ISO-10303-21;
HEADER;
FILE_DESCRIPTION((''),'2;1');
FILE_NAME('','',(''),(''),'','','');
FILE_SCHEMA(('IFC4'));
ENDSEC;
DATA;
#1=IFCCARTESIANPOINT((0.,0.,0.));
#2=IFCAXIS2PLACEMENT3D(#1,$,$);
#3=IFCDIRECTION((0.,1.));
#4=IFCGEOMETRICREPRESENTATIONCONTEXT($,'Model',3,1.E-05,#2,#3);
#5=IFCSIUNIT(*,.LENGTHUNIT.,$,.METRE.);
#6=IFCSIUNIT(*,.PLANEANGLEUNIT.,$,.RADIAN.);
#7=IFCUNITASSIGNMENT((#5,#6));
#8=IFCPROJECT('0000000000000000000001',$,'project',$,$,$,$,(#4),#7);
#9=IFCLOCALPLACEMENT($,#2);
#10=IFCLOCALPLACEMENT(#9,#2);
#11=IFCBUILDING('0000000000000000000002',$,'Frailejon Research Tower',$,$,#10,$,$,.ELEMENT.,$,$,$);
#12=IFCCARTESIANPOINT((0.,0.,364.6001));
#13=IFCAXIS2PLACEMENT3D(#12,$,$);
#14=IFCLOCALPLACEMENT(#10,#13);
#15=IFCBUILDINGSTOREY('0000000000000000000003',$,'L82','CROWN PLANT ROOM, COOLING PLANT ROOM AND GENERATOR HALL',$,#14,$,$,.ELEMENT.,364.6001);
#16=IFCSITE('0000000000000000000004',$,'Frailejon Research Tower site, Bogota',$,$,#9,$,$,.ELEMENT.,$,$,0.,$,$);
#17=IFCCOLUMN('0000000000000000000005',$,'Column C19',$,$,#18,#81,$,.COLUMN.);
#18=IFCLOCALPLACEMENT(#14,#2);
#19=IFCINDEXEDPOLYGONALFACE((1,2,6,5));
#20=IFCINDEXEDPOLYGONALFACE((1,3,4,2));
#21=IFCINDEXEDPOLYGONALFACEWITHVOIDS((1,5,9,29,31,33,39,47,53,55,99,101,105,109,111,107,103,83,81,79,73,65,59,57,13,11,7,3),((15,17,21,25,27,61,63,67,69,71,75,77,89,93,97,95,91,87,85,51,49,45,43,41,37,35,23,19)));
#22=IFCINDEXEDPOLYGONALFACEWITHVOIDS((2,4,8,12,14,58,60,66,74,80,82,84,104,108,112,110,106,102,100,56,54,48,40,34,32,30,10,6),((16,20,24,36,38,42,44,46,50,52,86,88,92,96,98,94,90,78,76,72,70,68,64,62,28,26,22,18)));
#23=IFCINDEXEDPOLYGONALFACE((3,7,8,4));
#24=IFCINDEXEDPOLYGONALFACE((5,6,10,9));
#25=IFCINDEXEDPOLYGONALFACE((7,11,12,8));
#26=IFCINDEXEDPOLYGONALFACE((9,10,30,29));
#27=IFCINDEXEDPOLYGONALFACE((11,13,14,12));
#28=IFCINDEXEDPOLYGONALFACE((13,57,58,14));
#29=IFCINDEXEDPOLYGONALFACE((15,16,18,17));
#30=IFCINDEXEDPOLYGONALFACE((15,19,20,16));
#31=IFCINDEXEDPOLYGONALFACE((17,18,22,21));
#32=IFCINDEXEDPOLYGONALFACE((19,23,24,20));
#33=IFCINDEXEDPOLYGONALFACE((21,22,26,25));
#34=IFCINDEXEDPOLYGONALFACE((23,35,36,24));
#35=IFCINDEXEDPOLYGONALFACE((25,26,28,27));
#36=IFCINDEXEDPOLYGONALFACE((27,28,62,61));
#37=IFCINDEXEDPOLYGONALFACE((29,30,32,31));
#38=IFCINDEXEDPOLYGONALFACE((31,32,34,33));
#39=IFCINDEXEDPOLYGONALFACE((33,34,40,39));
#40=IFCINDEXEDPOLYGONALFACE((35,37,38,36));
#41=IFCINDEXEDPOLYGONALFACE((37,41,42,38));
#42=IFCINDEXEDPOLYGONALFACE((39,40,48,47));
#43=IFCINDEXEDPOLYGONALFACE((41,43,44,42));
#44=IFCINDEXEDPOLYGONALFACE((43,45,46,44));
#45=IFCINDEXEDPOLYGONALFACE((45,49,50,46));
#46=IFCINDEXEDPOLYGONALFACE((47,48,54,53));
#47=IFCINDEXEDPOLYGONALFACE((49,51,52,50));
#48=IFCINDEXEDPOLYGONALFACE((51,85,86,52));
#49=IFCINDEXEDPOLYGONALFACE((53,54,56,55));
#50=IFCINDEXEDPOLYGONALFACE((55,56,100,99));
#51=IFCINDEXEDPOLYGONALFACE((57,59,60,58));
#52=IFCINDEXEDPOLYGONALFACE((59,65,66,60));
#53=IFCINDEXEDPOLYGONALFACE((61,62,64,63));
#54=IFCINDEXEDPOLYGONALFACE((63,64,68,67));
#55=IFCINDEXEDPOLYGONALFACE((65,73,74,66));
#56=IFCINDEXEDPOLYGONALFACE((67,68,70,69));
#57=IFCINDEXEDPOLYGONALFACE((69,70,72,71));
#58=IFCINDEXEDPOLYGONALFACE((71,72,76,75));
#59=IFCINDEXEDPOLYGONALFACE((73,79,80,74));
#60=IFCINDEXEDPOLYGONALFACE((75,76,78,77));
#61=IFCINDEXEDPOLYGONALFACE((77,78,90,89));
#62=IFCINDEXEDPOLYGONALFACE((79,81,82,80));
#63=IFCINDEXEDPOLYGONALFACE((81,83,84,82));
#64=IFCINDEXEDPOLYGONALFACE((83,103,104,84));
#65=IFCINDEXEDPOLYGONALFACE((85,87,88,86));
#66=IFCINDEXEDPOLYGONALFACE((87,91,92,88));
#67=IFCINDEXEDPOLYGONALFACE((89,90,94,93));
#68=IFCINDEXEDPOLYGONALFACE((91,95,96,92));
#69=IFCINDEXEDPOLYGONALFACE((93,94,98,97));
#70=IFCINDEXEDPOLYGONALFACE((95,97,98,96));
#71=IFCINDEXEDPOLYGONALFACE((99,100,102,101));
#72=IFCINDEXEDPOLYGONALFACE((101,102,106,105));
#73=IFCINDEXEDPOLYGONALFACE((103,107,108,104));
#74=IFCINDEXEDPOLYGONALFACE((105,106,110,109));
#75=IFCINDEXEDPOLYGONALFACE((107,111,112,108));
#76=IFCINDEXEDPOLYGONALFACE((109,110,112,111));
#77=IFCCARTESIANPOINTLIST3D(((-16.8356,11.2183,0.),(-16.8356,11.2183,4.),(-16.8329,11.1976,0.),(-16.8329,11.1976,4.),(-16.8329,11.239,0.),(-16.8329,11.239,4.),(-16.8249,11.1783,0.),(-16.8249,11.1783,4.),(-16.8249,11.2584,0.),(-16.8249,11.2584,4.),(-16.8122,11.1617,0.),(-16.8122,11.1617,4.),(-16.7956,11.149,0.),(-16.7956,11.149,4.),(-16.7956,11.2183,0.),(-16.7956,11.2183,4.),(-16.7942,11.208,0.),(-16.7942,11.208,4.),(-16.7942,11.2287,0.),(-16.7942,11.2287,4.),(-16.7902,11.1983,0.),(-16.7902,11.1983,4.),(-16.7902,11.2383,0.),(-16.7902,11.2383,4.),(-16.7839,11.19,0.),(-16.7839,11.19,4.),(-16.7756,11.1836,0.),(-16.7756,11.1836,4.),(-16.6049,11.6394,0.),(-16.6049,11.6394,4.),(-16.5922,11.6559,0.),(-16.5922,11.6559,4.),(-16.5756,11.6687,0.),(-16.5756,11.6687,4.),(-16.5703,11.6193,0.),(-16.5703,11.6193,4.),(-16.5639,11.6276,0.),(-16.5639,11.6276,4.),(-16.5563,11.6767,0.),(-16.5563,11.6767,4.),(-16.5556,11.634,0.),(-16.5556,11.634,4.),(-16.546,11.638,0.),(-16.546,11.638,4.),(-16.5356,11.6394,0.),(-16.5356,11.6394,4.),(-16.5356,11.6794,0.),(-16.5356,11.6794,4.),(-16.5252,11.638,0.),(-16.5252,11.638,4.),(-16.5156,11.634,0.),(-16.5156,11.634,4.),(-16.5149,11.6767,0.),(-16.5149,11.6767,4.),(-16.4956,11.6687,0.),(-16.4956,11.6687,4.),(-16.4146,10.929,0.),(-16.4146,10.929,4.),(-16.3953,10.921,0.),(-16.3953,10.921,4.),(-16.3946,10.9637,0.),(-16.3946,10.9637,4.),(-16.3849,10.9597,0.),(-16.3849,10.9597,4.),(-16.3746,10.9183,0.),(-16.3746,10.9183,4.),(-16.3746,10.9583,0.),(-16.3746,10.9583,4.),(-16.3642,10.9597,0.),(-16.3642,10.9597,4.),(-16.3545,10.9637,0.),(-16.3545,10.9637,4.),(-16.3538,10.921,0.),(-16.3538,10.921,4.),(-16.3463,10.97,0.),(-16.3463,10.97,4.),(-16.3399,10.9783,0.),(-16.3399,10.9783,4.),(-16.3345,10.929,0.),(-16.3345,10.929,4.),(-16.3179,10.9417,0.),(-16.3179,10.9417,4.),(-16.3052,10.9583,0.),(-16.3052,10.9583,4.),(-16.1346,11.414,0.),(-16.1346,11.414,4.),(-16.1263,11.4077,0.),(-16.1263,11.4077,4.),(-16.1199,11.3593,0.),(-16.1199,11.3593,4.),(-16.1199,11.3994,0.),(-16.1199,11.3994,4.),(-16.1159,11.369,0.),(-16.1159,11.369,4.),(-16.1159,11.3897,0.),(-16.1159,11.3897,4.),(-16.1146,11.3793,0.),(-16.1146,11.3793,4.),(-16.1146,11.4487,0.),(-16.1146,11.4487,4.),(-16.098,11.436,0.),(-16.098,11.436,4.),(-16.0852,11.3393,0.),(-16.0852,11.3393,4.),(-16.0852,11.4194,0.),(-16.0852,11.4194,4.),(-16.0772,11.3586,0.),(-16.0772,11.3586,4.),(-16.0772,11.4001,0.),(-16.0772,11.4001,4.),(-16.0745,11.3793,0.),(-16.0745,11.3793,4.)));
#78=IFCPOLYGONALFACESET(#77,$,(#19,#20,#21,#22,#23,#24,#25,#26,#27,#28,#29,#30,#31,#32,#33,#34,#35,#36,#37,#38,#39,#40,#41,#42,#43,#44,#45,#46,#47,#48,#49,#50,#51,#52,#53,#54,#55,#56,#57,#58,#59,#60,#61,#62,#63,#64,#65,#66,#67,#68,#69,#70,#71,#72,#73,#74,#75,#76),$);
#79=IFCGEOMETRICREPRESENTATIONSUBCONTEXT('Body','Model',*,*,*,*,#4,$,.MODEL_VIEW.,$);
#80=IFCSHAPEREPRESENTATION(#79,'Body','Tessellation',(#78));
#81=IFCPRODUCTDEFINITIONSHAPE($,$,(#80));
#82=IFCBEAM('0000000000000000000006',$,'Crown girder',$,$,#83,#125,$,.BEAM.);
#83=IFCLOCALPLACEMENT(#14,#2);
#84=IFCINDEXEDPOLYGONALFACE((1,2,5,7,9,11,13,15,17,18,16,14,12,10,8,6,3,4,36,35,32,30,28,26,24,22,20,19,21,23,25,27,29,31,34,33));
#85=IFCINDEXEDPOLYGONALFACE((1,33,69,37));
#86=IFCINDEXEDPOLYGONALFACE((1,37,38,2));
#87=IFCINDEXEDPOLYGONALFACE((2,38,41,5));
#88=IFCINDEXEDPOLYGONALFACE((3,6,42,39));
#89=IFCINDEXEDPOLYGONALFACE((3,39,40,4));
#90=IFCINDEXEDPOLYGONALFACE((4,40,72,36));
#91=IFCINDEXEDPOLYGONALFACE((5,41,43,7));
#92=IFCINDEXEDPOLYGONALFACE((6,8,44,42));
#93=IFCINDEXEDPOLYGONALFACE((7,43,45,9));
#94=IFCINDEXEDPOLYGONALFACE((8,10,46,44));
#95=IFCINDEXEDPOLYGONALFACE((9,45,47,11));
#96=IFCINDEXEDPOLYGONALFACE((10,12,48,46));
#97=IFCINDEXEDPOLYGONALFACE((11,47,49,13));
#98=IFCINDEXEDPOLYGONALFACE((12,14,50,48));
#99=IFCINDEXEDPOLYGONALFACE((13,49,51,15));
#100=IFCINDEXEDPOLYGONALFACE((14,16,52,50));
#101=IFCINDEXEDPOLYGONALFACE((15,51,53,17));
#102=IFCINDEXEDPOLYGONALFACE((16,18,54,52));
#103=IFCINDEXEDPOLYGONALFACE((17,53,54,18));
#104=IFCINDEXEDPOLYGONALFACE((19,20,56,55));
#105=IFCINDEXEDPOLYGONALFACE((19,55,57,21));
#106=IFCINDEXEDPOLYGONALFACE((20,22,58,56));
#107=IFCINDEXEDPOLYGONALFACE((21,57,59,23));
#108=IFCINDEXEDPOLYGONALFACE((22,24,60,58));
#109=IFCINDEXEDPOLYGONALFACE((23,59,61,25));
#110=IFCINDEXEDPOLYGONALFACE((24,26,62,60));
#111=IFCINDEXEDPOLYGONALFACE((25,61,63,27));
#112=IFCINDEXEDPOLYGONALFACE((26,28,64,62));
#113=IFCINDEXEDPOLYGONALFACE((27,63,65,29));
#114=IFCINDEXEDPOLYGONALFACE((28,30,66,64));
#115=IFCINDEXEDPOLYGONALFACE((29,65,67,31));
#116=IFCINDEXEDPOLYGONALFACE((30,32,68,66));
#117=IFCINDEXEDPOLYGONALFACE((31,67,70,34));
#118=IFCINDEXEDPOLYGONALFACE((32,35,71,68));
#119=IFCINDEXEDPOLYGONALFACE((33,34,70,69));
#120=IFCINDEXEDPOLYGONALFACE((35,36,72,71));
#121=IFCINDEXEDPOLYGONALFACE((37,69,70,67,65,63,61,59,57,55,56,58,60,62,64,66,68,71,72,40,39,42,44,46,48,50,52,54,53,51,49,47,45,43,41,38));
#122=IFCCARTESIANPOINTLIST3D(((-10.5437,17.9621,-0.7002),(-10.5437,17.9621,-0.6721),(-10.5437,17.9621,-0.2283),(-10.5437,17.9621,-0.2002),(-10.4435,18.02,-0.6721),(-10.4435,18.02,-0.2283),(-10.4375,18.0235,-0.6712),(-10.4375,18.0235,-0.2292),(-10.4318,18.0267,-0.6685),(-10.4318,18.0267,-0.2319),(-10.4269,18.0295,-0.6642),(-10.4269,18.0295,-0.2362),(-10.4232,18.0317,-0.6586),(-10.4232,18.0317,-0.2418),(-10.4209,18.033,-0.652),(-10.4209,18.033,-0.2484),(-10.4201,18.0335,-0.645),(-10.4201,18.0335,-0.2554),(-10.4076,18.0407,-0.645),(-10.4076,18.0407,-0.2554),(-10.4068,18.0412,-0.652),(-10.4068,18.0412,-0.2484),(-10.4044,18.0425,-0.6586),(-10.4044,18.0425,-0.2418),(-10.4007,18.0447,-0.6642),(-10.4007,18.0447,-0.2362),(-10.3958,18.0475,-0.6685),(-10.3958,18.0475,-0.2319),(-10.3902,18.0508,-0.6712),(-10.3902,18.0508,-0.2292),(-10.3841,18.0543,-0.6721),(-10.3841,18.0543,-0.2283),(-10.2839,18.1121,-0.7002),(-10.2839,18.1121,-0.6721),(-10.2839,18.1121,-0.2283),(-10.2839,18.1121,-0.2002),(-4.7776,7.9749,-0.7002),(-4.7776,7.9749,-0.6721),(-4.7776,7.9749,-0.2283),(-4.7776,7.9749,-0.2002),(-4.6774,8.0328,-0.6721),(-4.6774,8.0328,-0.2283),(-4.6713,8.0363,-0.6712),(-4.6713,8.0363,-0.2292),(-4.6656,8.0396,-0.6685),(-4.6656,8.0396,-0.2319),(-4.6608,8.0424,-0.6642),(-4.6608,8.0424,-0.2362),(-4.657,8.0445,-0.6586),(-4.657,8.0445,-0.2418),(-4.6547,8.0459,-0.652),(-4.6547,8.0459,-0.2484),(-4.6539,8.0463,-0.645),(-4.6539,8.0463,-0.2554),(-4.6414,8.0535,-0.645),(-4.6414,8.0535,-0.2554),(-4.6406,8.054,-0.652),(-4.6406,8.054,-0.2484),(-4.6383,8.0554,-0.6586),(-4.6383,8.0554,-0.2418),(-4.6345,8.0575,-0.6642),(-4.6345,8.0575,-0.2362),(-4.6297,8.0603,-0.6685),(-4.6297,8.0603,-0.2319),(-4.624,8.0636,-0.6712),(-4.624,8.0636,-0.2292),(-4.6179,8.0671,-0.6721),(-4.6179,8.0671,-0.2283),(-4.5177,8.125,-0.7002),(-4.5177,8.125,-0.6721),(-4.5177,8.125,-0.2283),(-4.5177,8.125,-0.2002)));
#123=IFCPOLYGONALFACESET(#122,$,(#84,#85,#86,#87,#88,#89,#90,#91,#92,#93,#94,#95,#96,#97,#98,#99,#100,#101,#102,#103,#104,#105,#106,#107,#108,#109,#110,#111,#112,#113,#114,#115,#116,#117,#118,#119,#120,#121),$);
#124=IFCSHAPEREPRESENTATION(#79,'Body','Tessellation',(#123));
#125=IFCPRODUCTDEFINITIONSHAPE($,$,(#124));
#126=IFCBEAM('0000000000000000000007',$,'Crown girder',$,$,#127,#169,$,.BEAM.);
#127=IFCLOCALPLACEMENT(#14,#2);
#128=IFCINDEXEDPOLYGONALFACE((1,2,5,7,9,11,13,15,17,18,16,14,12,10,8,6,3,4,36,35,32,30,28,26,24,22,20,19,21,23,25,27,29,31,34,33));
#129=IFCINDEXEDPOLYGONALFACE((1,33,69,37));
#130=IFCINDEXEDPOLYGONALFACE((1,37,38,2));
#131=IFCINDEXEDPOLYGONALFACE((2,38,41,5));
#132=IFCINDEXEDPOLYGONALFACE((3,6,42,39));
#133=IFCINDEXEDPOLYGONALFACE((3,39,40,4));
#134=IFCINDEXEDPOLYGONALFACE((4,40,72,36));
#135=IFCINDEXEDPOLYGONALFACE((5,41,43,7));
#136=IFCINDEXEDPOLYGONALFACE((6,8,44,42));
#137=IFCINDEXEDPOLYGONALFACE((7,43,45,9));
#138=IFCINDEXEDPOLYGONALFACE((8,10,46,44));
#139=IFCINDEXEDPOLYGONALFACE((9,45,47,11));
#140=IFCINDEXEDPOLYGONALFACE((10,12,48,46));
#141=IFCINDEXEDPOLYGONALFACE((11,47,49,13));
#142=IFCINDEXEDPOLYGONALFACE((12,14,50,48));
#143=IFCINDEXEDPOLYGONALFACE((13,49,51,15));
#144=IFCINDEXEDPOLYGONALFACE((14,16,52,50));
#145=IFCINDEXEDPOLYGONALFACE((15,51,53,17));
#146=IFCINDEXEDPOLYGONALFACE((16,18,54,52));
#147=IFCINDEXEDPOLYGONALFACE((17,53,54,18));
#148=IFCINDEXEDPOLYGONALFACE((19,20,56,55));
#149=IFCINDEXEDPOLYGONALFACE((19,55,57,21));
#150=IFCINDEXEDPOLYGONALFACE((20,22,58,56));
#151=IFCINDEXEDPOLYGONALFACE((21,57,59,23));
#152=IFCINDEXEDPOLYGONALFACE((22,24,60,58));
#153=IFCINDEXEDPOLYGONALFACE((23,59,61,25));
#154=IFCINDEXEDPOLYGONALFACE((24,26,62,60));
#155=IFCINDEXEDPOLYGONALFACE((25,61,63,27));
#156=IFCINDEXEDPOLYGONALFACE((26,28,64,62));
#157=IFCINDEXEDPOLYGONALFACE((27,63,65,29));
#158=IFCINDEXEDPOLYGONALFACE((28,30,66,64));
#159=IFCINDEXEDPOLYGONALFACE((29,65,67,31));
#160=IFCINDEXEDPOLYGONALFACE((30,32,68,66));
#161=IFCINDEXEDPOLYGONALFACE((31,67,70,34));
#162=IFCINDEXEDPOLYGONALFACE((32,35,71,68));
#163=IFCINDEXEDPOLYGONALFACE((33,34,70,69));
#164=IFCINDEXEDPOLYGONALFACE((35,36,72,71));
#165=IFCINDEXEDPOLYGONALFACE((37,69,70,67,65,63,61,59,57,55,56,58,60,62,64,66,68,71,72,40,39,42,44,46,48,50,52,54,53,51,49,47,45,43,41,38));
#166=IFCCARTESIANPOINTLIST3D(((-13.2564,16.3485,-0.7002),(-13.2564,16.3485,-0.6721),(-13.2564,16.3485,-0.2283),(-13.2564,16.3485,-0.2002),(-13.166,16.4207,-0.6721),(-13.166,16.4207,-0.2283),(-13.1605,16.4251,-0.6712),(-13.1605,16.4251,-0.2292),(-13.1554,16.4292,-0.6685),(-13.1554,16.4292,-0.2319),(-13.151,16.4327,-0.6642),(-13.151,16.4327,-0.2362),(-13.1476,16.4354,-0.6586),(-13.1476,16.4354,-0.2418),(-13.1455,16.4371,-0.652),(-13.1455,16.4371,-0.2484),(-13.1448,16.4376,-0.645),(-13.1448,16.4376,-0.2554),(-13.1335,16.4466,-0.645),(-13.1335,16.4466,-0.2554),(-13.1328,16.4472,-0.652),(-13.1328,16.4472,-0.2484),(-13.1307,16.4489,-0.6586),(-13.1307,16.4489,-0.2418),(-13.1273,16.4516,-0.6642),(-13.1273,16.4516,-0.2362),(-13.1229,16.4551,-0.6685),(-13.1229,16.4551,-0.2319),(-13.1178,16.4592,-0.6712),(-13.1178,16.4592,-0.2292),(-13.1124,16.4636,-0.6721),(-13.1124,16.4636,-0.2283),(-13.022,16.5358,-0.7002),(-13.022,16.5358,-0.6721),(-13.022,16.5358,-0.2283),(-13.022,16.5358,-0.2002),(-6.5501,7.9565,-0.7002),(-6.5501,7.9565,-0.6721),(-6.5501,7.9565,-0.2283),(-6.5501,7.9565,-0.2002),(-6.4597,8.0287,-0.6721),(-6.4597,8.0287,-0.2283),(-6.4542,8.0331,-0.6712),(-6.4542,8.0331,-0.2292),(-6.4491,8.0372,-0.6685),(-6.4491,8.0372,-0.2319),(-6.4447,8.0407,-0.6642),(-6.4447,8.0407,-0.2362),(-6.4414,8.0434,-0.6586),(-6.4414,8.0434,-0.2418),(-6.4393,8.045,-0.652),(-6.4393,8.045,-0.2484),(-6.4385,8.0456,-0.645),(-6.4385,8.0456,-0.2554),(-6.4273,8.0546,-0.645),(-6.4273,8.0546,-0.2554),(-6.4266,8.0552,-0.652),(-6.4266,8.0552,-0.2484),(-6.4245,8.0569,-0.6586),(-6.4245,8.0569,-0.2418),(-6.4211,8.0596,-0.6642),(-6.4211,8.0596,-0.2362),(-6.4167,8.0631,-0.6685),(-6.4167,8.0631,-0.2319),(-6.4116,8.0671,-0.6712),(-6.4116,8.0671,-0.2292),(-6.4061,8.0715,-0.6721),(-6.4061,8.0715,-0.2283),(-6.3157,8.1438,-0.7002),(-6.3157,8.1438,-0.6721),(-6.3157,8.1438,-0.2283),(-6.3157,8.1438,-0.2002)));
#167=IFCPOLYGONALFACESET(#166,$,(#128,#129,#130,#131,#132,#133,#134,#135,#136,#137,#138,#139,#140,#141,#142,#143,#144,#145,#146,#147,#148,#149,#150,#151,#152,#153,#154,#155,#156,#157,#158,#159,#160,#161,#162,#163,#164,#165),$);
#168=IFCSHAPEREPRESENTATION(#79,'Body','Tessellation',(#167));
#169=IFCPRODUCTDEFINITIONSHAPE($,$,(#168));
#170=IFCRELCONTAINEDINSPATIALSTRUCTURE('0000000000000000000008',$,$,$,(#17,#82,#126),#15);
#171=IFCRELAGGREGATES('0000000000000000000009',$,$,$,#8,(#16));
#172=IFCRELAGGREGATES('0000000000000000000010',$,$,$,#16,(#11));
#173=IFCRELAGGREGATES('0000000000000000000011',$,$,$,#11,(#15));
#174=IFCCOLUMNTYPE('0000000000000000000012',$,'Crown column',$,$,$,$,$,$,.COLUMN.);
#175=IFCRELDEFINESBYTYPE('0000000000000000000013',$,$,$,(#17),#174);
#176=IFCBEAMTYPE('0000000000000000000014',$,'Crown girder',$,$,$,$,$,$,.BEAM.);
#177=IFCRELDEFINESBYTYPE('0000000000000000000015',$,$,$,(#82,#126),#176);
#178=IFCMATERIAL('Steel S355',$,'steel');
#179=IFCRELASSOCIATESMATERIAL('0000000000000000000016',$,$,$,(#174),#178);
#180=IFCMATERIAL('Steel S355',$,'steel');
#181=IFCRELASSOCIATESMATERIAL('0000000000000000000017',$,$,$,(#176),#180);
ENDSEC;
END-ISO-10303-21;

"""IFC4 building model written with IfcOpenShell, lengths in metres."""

from ifc_helpers import new_model, si_unit, direction, frame, origin, origin_2d, place, context, subcontext, project, spatial, hollow_rectangle, i_section, extrude, material, material_profile, profile_set, type_object, element, save


model = new_model("IFC4")

# Units and contexts
model_context = context("Model", 3, precision=1e-05, world=origin(), true_north=direction((0.0, 1.0)))
body_context = subcontext(model_context, "Body", "Model", "MODEL_VIEW")
ifc_project = project(units=[si_unit("LENGTHUNIT", "METRE"), si_unit("PLANEANGLEUNIT", "RADIAN")], contexts=[model_context])

# Site, building, storey
site_placement = place(None, origin())
site = spatial("IfcSite", under=ifc_project, at=site_placement, Name="Frailejon Research Tower site, Bogota", CompositionType="ELEMENT", RefElevation=0.0)
building_placement = place(site_placement, origin())
building = spatial("IfcBuilding", under=site, at=building_placement, Name="Frailejon Research Tower", CompositionType="ELEMENT")
storey_placement = place(building_placement, frame((0.0, 0.0, 364.6001)))
storey = spatial("IfcBuildingStorey", under=building, at=storey_placement, Name="L82", Description="CROWN PLANT ROOM, COOLING PLANT ROOM AND GENERATOR HALL", CompositionType="ELEMENT", Elevation=364.6001)

# Column
ifc_material_1 = material(Name="Steel S355", Category="steel")
ifc_material_profile_1 = material_profile(ifc_material_1, hollow_rectangle(XDim=0.6001, YDim=0.6001, WallThickness=0.04, InnerFilletRadius=0.04, OuterFilletRadius=0.0801, at=origin_2d()), Name="Crown column")
ifc_profile_set_1 = profile_set([ifc_material_profile_1], Name="Steel S355")
column_type = type_object("IfcColumnType", Name="Crown column", PredefinedType="COLUMN", material=ifc_profile_set_1)
for number, where, z_axis, x_axis, name in (
    (1, (-16.4551, 11.2988, 0.0), (0.0, 0.0, 1.0), (-0.5, -0.866025, 0.0), "Column C19"),
):
    element("IfcColumn", number, at=place(storey_placement, frame(where, z_axis=z_axis, x_axis=x_axis)), inside=storey, type_object=column_type, Name=name, PredefinedType="COLUMN", context=body_context, shape_type="SweptSolid", body=[
        extrude(hollow_rectangle(XDim=0.6001, YDim=0.6001, WallThickness=0.04, InnerFilletRadius=0.04, OuterFilletRadius=0.0801, at=origin_2d()), origin(), (0.0, 0.0, 1.0), 4.0),
    ])

# Beams
ifc_material_2 = material(Name="Steel S355", Category="steel")
ifc_material_profile_2 = material_profile(ifc_material_2, i_section(OverallWidth=0.3, OverallDepth=0.5, WebThickness=0.0144, FlangeThickness=0.0281, FilletRadius=0.0271, at=origin_2d()), Name="HE 500 B")
ifc_profile_set_2 = profile_set([ifc_material_profile_2], Name="Steel S355")
beam_type_1 = type_object("IfcBeamType", Name="Crown girder", PredefinedType="BEAM", material=ifc_profile_set_2)
beam_1_placement = place(storey_placement, frame((-10.4138, 18.0371, -0.4502), z_axis=(0.500005, -0.866022, 0.0), x_axis=(0.866022, 0.500005, 0.0)))
element("IfcBeam", 2, at=beam_1_placement, inside=storey, type_object=beam_type_1, Name="Crown girder", PredefinedType="BEAM", context=body_context, shape_type="SweptSolid", body=[
    extrude(i_section(OverallWidth=0.3, OverallDepth=0.5, WebThickness=0.0144, FlangeThickness=0.0281, FilletRadius=0.0271, at=origin_2d()), origin(), (0.0, 0.0, 1.0), 11.5322),
])
beam_2_placement = place(storey_placement, frame((-13.1392, 16.4421, -0.4502), z_axis=(0.624276, -0.781203, 0.0), x_axis=(0.781203, 0.624276, 0.0)))
element("IfcBeam", 3, at=beam_2_placement, inside=storey, type_object=beam_type_1, Name="Crown girder", PredefinedType="BEAM", context=body_context, shape_type="SweptSolid", body=[
    extrude(i_section(OverallWidth=0.3, OverallDepth=0.5, WebThickness=0.0144, FlangeThickness=0.0281, FilletRadius=0.0271, at=origin_2d()), origin(), (0.0, 0.0, 1.0), 10.7424),
])

save(model, "model.ifc")
